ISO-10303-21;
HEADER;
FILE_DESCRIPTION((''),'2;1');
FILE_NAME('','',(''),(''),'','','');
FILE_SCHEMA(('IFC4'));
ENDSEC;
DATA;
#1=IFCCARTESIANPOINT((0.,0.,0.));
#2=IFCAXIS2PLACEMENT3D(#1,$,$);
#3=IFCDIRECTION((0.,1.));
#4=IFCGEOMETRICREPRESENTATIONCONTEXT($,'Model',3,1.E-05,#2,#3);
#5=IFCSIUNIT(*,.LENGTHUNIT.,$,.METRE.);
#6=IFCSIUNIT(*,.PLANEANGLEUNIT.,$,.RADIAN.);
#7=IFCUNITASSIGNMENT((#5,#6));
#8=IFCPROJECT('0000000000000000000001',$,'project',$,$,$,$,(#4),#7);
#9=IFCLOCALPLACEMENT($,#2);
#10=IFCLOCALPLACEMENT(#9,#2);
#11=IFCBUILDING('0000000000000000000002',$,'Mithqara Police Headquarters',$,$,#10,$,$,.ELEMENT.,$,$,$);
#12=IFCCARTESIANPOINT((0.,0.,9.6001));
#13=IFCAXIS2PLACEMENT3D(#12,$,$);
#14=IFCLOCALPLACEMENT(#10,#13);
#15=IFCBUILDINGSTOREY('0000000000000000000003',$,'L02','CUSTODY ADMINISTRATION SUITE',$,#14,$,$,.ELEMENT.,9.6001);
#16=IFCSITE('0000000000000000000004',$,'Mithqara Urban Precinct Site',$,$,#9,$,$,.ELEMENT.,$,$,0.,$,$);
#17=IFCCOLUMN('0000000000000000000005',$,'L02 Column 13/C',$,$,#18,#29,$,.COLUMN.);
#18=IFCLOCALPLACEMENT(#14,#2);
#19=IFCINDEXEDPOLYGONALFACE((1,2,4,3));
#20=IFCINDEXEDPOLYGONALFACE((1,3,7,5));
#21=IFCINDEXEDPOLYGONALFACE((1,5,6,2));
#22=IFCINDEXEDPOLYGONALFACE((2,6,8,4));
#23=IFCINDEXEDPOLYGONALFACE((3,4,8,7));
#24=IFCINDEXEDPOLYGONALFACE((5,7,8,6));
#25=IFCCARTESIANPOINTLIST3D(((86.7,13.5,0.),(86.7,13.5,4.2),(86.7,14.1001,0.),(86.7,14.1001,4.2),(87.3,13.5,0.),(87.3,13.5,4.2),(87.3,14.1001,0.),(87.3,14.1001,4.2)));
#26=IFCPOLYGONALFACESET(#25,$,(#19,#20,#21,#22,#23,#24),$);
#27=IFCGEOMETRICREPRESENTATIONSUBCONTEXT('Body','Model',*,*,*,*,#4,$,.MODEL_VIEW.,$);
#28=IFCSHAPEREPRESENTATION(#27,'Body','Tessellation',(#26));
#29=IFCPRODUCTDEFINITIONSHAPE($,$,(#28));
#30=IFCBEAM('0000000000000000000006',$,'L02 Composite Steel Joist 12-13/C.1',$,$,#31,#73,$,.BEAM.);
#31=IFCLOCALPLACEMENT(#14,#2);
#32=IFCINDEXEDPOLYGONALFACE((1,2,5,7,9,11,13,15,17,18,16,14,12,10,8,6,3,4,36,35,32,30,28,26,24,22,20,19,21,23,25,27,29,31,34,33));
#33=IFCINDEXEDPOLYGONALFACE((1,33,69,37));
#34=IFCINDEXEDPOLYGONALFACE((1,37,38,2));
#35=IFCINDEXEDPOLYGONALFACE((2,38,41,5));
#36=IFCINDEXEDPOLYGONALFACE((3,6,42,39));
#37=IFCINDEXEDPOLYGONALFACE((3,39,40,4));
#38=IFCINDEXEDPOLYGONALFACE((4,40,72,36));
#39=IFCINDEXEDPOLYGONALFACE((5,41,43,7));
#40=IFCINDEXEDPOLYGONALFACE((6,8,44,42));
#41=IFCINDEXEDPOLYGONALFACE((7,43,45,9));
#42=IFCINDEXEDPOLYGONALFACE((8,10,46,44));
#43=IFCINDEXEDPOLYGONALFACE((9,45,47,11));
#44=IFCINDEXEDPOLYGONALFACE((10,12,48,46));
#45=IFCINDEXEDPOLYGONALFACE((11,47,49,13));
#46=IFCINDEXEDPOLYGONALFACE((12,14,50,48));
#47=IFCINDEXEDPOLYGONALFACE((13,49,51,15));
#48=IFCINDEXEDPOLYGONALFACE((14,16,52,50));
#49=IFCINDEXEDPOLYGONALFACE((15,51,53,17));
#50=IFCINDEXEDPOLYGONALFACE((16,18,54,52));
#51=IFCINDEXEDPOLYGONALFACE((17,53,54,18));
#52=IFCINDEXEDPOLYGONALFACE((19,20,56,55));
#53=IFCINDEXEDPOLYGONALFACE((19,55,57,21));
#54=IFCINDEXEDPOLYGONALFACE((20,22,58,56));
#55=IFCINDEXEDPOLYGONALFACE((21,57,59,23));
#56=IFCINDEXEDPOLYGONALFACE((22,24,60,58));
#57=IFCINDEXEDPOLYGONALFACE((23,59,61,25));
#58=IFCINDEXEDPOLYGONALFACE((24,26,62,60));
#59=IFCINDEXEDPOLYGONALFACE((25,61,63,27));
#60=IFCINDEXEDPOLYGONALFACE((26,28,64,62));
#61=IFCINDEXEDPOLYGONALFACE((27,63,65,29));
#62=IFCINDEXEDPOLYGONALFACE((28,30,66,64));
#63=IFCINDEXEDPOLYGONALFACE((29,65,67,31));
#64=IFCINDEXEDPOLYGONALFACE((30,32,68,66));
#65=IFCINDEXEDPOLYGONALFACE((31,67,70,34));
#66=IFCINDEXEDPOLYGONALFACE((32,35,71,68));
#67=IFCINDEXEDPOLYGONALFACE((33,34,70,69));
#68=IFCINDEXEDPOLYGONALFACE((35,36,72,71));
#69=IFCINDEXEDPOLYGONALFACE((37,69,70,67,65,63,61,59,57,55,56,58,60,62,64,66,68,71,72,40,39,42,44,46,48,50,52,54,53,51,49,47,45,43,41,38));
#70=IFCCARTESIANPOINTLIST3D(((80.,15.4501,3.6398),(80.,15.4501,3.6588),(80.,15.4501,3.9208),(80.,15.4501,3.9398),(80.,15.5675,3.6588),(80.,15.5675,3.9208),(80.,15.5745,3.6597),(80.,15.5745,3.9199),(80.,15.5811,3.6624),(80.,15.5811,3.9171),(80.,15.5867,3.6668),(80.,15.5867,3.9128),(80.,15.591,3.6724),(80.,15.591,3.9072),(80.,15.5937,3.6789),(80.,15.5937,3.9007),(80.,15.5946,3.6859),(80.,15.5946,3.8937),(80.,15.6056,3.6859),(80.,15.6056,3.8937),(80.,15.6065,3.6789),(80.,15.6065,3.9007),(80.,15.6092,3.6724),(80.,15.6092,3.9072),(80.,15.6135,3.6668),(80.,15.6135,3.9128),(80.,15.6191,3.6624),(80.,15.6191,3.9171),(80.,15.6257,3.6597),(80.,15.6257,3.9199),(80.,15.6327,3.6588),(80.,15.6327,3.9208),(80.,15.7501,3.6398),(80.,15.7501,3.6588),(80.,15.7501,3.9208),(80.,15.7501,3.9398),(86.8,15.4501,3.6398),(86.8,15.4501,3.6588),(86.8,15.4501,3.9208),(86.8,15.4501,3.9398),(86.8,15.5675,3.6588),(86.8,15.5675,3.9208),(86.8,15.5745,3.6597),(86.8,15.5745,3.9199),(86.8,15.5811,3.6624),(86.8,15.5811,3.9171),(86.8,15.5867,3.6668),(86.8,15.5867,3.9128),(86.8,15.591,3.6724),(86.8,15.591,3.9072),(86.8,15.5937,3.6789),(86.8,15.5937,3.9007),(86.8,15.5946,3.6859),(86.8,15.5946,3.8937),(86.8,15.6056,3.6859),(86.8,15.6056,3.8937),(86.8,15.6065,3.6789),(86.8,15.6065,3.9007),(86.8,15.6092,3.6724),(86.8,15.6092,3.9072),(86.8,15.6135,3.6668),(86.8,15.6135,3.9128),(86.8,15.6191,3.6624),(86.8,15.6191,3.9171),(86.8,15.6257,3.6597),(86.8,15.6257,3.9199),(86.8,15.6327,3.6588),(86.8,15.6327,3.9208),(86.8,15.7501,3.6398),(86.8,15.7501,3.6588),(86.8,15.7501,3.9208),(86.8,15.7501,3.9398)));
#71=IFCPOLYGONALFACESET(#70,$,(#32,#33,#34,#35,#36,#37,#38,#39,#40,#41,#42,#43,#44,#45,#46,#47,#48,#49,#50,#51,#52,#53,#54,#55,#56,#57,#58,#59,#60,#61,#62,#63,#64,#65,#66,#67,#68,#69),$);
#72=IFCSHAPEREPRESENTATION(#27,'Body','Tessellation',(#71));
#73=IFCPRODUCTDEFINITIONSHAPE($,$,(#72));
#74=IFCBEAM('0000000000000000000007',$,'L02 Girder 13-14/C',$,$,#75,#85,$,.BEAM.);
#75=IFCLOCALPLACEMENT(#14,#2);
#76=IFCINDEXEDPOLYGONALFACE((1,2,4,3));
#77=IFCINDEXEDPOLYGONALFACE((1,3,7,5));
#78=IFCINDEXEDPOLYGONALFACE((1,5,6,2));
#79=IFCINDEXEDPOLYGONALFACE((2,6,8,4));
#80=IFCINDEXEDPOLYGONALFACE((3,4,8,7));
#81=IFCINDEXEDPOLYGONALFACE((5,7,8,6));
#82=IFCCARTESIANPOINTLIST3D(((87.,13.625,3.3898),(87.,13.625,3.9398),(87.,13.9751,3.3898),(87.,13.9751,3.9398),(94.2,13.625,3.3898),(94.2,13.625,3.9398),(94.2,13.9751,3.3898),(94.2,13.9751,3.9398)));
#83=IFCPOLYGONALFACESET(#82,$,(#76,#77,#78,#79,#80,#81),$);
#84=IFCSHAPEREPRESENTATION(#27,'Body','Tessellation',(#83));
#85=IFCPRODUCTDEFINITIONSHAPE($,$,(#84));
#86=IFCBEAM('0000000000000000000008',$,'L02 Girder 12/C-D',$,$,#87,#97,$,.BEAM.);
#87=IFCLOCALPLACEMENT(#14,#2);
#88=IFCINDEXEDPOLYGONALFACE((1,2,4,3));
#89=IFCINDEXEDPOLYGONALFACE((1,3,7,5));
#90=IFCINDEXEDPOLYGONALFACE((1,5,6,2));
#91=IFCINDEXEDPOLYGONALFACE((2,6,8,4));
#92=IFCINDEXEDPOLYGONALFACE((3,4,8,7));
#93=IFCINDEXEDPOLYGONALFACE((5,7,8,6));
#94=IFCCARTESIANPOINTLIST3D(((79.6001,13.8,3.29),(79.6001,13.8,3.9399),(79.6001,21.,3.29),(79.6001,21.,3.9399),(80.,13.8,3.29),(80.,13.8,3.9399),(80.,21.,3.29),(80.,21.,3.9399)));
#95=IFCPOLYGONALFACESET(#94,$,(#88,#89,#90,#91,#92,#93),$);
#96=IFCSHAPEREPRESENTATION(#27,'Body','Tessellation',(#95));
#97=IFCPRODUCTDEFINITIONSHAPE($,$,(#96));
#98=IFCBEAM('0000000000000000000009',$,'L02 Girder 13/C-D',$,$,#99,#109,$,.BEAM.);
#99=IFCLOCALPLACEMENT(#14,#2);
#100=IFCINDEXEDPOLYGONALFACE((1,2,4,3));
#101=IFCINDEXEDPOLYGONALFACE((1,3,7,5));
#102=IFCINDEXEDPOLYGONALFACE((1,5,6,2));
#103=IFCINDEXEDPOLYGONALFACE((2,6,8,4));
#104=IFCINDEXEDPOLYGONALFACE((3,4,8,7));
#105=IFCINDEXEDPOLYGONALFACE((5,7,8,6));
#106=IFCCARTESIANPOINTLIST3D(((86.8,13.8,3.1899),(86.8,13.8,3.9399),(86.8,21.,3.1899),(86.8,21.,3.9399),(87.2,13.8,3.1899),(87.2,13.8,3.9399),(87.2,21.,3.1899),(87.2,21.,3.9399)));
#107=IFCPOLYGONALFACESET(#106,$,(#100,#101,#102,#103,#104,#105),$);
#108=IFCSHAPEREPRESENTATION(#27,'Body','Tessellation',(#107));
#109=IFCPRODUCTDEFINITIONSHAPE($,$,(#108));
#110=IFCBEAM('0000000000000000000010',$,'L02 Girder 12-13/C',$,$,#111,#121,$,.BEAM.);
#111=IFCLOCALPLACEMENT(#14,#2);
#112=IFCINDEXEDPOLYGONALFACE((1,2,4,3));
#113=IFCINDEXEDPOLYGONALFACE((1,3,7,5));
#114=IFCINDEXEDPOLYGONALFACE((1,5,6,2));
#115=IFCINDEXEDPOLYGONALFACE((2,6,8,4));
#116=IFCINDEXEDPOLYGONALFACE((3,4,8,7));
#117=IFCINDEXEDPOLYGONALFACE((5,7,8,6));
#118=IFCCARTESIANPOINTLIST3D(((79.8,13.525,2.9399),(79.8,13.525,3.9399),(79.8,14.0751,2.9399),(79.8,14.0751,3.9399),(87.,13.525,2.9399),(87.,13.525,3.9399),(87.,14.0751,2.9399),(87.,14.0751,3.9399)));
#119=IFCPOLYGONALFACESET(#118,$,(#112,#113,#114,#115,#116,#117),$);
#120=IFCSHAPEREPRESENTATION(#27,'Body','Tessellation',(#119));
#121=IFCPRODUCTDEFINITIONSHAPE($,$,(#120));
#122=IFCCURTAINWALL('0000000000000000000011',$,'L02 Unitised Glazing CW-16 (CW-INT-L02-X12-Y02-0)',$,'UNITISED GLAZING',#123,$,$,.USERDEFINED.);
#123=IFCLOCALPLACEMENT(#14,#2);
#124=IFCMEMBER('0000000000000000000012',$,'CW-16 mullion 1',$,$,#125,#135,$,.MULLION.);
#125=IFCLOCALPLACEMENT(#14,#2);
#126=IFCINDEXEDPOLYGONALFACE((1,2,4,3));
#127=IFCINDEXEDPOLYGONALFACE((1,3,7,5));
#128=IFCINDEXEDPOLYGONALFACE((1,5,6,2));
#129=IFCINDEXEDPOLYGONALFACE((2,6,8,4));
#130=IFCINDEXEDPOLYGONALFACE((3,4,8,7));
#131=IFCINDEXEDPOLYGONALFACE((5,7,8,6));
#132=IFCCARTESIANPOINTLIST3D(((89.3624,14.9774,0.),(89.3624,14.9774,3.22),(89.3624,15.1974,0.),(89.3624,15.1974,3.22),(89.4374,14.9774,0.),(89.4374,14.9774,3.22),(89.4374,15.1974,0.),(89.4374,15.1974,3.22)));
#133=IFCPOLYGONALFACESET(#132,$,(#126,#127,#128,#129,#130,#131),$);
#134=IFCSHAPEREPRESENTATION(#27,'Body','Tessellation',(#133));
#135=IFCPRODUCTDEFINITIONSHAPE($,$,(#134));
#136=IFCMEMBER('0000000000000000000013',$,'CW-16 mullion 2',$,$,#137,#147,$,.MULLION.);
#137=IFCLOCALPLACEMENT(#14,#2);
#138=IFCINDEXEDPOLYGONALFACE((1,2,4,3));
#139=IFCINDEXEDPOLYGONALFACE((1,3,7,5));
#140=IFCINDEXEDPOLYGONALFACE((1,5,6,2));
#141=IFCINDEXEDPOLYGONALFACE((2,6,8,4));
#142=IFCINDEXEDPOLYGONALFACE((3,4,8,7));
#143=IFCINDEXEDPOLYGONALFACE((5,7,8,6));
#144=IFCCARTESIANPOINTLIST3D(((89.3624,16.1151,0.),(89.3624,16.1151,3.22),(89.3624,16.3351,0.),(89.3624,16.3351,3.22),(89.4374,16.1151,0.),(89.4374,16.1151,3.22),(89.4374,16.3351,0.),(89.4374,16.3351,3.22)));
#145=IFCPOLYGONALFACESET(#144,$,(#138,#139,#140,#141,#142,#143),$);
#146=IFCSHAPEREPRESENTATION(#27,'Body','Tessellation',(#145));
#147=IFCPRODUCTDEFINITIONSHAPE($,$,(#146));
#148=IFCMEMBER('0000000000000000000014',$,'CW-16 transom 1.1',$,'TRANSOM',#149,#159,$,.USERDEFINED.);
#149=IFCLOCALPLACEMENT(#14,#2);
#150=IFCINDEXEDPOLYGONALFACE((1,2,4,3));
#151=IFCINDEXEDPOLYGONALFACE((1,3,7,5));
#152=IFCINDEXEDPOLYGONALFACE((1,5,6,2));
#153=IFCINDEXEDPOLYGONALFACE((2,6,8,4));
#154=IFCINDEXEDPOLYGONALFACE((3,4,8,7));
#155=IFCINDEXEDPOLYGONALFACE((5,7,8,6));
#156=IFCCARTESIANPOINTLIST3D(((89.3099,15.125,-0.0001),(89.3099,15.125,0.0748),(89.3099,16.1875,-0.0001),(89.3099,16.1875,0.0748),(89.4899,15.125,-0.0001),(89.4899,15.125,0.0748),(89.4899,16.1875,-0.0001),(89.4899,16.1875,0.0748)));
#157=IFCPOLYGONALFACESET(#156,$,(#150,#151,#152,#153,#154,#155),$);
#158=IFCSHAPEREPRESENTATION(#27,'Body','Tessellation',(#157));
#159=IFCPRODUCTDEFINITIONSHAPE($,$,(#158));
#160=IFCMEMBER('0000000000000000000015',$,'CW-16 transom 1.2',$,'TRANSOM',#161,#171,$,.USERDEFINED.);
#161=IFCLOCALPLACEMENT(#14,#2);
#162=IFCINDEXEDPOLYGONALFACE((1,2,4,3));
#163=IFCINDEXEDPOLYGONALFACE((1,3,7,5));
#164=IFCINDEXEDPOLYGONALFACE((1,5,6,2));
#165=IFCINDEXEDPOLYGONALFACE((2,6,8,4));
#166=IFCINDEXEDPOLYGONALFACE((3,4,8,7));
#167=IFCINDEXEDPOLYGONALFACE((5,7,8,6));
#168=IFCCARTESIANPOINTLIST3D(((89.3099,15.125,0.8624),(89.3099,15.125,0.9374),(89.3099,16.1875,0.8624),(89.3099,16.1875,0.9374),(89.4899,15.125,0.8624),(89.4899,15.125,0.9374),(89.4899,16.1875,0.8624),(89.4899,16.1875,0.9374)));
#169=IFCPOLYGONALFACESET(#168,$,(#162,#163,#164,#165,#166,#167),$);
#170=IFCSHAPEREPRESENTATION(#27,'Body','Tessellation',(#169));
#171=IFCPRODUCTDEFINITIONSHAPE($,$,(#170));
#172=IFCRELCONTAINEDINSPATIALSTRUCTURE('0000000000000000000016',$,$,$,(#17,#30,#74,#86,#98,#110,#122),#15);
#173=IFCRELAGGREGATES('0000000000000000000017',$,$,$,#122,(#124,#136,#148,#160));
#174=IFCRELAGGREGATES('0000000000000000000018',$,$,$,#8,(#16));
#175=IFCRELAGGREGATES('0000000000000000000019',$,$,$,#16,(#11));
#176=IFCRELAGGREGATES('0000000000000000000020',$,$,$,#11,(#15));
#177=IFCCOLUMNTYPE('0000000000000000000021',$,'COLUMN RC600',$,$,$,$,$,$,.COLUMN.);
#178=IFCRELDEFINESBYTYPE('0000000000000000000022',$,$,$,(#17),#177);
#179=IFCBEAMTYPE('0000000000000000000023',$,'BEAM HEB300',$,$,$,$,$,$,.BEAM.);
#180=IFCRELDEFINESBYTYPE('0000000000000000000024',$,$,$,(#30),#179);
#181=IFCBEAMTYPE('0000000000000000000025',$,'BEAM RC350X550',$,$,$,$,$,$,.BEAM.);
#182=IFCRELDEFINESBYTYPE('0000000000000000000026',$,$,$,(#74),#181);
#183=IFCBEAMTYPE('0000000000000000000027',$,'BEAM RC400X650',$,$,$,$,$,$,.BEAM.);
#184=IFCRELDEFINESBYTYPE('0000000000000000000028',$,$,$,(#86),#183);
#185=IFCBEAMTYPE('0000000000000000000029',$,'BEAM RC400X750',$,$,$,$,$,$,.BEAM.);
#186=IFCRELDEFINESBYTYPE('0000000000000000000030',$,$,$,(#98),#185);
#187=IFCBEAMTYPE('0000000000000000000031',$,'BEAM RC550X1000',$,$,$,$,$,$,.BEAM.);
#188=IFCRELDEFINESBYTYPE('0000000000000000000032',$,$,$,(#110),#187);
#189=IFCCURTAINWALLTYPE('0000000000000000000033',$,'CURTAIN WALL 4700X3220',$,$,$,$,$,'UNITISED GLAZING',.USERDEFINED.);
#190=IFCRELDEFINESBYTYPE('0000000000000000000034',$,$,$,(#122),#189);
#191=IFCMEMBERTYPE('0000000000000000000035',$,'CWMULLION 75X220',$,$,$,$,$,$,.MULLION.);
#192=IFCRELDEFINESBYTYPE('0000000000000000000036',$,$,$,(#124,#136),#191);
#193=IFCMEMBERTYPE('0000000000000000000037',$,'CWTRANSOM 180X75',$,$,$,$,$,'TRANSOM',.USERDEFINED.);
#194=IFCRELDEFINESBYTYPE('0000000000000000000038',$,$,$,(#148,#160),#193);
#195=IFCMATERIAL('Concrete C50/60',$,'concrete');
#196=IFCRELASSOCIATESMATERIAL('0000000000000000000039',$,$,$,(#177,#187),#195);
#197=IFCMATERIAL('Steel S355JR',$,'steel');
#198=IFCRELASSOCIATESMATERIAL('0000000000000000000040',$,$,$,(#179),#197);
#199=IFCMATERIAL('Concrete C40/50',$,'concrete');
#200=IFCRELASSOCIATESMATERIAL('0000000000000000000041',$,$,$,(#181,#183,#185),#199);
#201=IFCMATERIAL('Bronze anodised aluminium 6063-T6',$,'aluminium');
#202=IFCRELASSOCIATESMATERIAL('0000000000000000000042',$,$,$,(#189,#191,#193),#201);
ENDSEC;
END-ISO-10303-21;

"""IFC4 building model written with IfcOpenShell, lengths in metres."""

from ifc_helpers import new_model, si_unit, direction, frame, origin, origin_2d, place, context, subcontext, project, spatial, rectangle, i_section, extrude, material, material_profile, profile_set, type_object, element, aggregate, save


model = new_model("IFC4")

# Units and contexts
model_context = context("Model", 3, precision=1e-05, world=origin(), true_north=direction((0.0, 1.0)))
body_context = subcontext(model_context, "Body", "Model", "MODEL_VIEW")
ifc_project = project(units=[si_unit("LENGTHUNIT", "METRE"), si_unit("PLANEANGLEUNIT", "RADIAN")], contexts=[model_context])

# Site, building, storey
site_placement = place(None, origin())
site = spatial("IfcSite", under=ifc_project, at=site_placement, Name="Mithqara Urban Precinct Site", CompositionType="ELEMENT", RefElevation=0.0)
building_placement = place(site_placement, origin())
building = spatial("IfcBuilding", under=site, at=building_placement, Name="Mithqara Police Headquarters", CompositionType="ELEMENT")
storey_placement = place(building_placement, frame((0.0, 0.0, 9.6001)))
storey = spatial("IfcBuildingStorey", under=building, at=storey_placement, Name="L02", Description="CUSTODY ADMINISTRATION SUITE", CompositionType="ELEMENT", Elevation=9.6001)

# Column
ifc_material_1 = material(Name="Concrete C50/60", Category="concrete")
ifc_material_profile_1 = material_profile(ifc_material_1, rectangle(XDim=0.6001, YDim=0.6001, at=origin_2d()), Name="RC 600x600")
ifc_profile_set_1 = profile_set([ifc_material_profile_1], Name="Concrete C50/60")
column_type = type_object("IfcColumnType", Name="COLUMN RC600", PredefinedType="COLUMN", material=ifc_profile_set_1)
column_placement = place(storey_placement, frame((87.0, 13.8, 0.0), z_axis=(0.0, 0.0, 1.0), x_axis=(1.0, 0.0, 0.0)))
element("IfcColumn", 1, at=column_placement, inside=storey, type_object=column_type, Name="L02 Column 13/C", PredefinedType="COLUMN", context=body_context, shape_type="SweptSolid", body=[
    extrude(rectangle(XDim=0.6001, YDim=0.6001, at=origin_2d()), origin(), (0.0, 0.0, 1.0), 4.2),
])

# Beams
ifc_material_2 = material(Name="Steel S355JR", Category="steel")
ifc_material_profile_2 = material_profile(ifc_material_2, i_section(OverallWidth=0.3, OverallDepth=0.3, WebThickness=0.011, FlangeThickness=0.019, FilletRadius=0.0271, at=origin_2d()), Name="HEB 300")
ifc_profile_set_2 = profile_set([ifc_material_profile_2], Name="Steel S355JR")
beam_type_1 = type_object("IfcBeamType", Name="BEAM HEB300", PredefinedType="BEAM", material=ifc_profile_set_2)
beam_1_placement = place(storey_placement, frame((80.0, 15.6001, 3.7898), z_axis=(1.0, 0.0, 0.0), x_axis=(0.0, 1.0, 0.0)))
element("IfcBeam", 2, at=beam_1_placement, inside=storey, type_object=beam_type_1, Name="L02 Composite Steel Joist 12-13/C.1", PredefinedType="BEAM", context=body_context, shape_type="SweptSolid", body=[
    extrude(i_section(OverallWidth=0.3, OverallDepth=0.3, WebThickness=0.011, FlangeThickness=0.019, FilletRadius=0.0271, at=origin_2d()), origin(), (0.0, 0.0, 1.0), 6.8),
])
ifc_material_3 = material(Name="Concrete C40/50", Category="concrete")
ifc_material_profile_3 = material_profile(ifc_material_3, rectangle(XDim=0.3501, YDim=0.55, at=origin_2d()), Name="RC 350x550")
ifc_profile_set_3 = profile_set([ifc_material_profile_3], Name="Concrete C40/50")
beam_type_2 = type_object("IfcBeamType", Name="BEAM RC350X550", PredefinedType="BEAM", material=ifc_profile_set_3)
beam_2_placement = place(storey_placement, frame((87.0, 13.8, 3.6648), z_axis=(1.0, 0.0, 0.0), x_axis=(0.0, 1.0, 0.0)))
element("IfcBeam", 3, at=beam_2_placement, inside=storey, type_object=beam_type_2, Name="L02 Girder 13-14/C", PredefinedType="BEAM", context=body_context, shape_type="SweptSolid", body=[
    extrude(rectangle(XDim=0.3501, YDim=0.55, at=origin_2d()), origin(), (0.0, 0.0, 1.0), 7.2),
])
ifc_material_profile_4 = material_profile(ifc_material_3, rectangle(XDim=0.3999, YDim=0.6499, at=origin_2d()), Name="RC 400x650")
ifc_profile_set_4 = profile_set([ifc_material_profile_4], Name="Concrete C40/50")
beam_type_3 = type_object("IfcBeamType", Name="BEAM RC400X650", PredefinedType="BEAM", material=ifc_profile_set_4)
beam_3_placement = place(storey_placement, frame((79.8, 13.8, 3.615), z_axis=(0.0, 1.0, 0.0), x_axis=(-1.0, 0.0, 0.0)))
element("IfcBeam", 4, at=beam_3_placement, inside=storey, type_object=beam_type_3, Name="L02 Girder 12/C-D", PredefinedType="BEAM", context=body_context, shape_type="SweptSolid", body=[
    extrude(rectangle(XDim=0.3999, YDim=0.6499, at=origin_2d()), origin(), (0.0, 0.0, 1.0), 7.2),
])
ifc_material_profile_5 = material_profile(ifc_material_3, rectangle(XDim=0.3999, YDim=0.75, at=origin_2d()), Name="RC 400x750")
ifc_profile_set_5 = profile_set([ifc_material_profile_5], Name="Concrete C40/50")
beam_type_4 = type_object("IfcBeamType", Name="BEAM RC400X750", PredefinedType="BEAM", material=ifc_profile_set_5)
beam_4_placement = place(storey_placement, frame((87.0, 13.8, 3.5649), z_axis=(0.0, 1.0, 0.0), x_axis=(-1.0, 0.0, 0.0)))
element("IfcBeam", 5, at=beam_4_placement, inside=storey, type_object=beam_type_4, Name="L02 Girder 13/C-D", PredefinedType="BEAM", context=body_context, shape_type="SweptSolid", body=[
    extrude(rectangle(XDim=0.3999, YDim=0.75, at=origin_2d()), origin(), (0.0, 0.0, 1.0), 7.2),
])
ifc_material_profile_6 = material_profile(ifc_material_1, rectangle(XDim=0.55, YDim=1.0, at=origin_2d()), Name="RC 550x1000")
ifc_profile_set_6 = profile_set([ifc_material_profile_6], Name="Concrete C50/60")
beam_type_5 = type_object("IfcBeamType", Name="BEAM RC550X1000", PredefinedType="BEAM", material=ifc_profile_set_6)
beam_5_placement = place(storey_placement, frame((79.8, 13.8, 3.4399), z_axis=(1.0, 0.0, 0.0), x_axis=(0.0, 1.0, 0.0)))
element("IfcBeam", 6, at=beam_5_placement, inside=storey, type_object=beam_type_5, Name="L02 Girder 12-13/C", PredefinedType="BEAM", context=body_context, shape_type="SweptSolid", body=[
    extrude(rectangle(XDim=0.55, YDim=1.0, at=origin_2d()), origin(), (0.0, 0.0, 1.0), 7.2),
])

# Curtain wall, members
ifc_material_4 = material(Name="Bronze anodised aluminium 6063-T6", Category="aluminium")
curtain_wall_type = type_object("IfcCurtainWallType", Name="CURTAIN WALL 4700X3220", ElementType="UNITISED GLAZING", PredefinedType="USERDEFINED", material=ifc_material_4)
curtain_wall_placement = place(storey_placement, origin())
curtain_wall = element("IfcCurtainWall", 7, at=curtain_wall_placement, inside=storey, type_object=curtain_wall_type, Name="L02 Unitised Glazing CW-16 (CW-INT-L02-X12-Y02-0)", ObjectType="UNITISED GLAZING", PredefinedType="USERDEFINED")
ifc_material_profile_7 = material_profile(ifc_material_4, rectangle(XDim=0.075, YDim=0.22, at=origin_2d()), Name="CWM 75x220")
ifc_profile_set_7 = profile_set([ifc_material_profile_7], Name="Bronze anodised aluminium 6063-T6")
member_type_1 = type_object("IfcMemberType", Name="CWMULLION 75X220", PredefinedType="MULLION", material=ifc_profile_set_7)
member_1_placement = place(storey_placement, frame((89.3999, 15.0874, 0.0), z_axis=(0.0, 0.0, 1.0), x_axis=(-1.0, 0.0, 0.0)))
member_1 = element("IfcMember", 8, at=member_1_placement, type_object=member_type_1, Name="CW-16 mullion 1", PredefinedType="MULLION", context=body_context, shape_type="SweptSolid", body=[
    extrude(rectangle(XDim=0.075, YDim=0.22, at=origin_2d()), origin(), (0.0, 0.0, 1.0), 3.22),
])
member_2_placement = place(storey_placement, frame((89.3999, 16.2251, 0.0), z_axis=(0.0, 0.0, 1.0), x_axis=(-1.0, 0.0, 0.0)))
member_2 = element("IfcMember", 9, at=member_2_placement, type_object=member_type_1, Name="CW-16 mullion 2", PredefinedType="MULLION", context=body_context, shape_type="SweptSolid", body=[
    extrude(rectangle(XDim=0.075, YDim=0.22, at=origin_2d()), origin(), (0.0, 0.0, 1.0), 3.22),
])
ifc_material_profile_8 = material_profile(ifc_material_4, rectangle(XDim=0.1799, YDim=0.075, at=origin_2d()), Name="CWT 180x75")
ifc_profile_set_8 = profile_set([ifc_material_profile_8], Name="Bronze anodised aluminium 6063-T6")
member_type_2 = type_object("IfcMemberType", Name="CWTRANSOM 180X75", ElementType="TRANSOM", PredefinedType="USERDEFINED", material=ifc_profile_set_8)
member_3_placement = place(storey_placement, frame((89.3999, 15.125, 0.0374), z_axis=(0.0, 1.0, 0.0), x_axis=(-1.0, 0.0, 0.0)))
member_3 = element("IfcMember", 10, at=member_3_placement, type_object=member_type_2, Name="CW-16 transom 1.1", ObjectType="TRANSOM", PredefinedType="USERDEFINED", context=body_context, shape_type="SweptSolid", body=[
    extrude(rectangle(XDim=0.1799, YDim=0.075, at=origin_2d()), origin(), (0.0, 0.0, 1.0), 1.0625),
])
member_4_placement = place(storey_placement, frame((89.3999, 15.125, 0.8999), z_axis=(0.0, 1.0, 0.0), x_axis=(-1.0, 0.0, 0.0)))
member_4 = element("IfcMember", 11, at=member_4_placement, type_object=member_type_2, Name="CW-16 transom 1.2", ObjectType="TRANSOM", PredefinedType="USERDEFINED", context=body_context, shape_type="SweptSolid", body=[
    extrude(rectangle(XDim=0.1799, YDim=0.075, at=origin_2d()), origin(), (0.0, 0.0, 1.0), 1.0625),
])

aggregate(curtain_wall, [member_1, member_2, member_3, member_4])

save(model, "model.ifc")
